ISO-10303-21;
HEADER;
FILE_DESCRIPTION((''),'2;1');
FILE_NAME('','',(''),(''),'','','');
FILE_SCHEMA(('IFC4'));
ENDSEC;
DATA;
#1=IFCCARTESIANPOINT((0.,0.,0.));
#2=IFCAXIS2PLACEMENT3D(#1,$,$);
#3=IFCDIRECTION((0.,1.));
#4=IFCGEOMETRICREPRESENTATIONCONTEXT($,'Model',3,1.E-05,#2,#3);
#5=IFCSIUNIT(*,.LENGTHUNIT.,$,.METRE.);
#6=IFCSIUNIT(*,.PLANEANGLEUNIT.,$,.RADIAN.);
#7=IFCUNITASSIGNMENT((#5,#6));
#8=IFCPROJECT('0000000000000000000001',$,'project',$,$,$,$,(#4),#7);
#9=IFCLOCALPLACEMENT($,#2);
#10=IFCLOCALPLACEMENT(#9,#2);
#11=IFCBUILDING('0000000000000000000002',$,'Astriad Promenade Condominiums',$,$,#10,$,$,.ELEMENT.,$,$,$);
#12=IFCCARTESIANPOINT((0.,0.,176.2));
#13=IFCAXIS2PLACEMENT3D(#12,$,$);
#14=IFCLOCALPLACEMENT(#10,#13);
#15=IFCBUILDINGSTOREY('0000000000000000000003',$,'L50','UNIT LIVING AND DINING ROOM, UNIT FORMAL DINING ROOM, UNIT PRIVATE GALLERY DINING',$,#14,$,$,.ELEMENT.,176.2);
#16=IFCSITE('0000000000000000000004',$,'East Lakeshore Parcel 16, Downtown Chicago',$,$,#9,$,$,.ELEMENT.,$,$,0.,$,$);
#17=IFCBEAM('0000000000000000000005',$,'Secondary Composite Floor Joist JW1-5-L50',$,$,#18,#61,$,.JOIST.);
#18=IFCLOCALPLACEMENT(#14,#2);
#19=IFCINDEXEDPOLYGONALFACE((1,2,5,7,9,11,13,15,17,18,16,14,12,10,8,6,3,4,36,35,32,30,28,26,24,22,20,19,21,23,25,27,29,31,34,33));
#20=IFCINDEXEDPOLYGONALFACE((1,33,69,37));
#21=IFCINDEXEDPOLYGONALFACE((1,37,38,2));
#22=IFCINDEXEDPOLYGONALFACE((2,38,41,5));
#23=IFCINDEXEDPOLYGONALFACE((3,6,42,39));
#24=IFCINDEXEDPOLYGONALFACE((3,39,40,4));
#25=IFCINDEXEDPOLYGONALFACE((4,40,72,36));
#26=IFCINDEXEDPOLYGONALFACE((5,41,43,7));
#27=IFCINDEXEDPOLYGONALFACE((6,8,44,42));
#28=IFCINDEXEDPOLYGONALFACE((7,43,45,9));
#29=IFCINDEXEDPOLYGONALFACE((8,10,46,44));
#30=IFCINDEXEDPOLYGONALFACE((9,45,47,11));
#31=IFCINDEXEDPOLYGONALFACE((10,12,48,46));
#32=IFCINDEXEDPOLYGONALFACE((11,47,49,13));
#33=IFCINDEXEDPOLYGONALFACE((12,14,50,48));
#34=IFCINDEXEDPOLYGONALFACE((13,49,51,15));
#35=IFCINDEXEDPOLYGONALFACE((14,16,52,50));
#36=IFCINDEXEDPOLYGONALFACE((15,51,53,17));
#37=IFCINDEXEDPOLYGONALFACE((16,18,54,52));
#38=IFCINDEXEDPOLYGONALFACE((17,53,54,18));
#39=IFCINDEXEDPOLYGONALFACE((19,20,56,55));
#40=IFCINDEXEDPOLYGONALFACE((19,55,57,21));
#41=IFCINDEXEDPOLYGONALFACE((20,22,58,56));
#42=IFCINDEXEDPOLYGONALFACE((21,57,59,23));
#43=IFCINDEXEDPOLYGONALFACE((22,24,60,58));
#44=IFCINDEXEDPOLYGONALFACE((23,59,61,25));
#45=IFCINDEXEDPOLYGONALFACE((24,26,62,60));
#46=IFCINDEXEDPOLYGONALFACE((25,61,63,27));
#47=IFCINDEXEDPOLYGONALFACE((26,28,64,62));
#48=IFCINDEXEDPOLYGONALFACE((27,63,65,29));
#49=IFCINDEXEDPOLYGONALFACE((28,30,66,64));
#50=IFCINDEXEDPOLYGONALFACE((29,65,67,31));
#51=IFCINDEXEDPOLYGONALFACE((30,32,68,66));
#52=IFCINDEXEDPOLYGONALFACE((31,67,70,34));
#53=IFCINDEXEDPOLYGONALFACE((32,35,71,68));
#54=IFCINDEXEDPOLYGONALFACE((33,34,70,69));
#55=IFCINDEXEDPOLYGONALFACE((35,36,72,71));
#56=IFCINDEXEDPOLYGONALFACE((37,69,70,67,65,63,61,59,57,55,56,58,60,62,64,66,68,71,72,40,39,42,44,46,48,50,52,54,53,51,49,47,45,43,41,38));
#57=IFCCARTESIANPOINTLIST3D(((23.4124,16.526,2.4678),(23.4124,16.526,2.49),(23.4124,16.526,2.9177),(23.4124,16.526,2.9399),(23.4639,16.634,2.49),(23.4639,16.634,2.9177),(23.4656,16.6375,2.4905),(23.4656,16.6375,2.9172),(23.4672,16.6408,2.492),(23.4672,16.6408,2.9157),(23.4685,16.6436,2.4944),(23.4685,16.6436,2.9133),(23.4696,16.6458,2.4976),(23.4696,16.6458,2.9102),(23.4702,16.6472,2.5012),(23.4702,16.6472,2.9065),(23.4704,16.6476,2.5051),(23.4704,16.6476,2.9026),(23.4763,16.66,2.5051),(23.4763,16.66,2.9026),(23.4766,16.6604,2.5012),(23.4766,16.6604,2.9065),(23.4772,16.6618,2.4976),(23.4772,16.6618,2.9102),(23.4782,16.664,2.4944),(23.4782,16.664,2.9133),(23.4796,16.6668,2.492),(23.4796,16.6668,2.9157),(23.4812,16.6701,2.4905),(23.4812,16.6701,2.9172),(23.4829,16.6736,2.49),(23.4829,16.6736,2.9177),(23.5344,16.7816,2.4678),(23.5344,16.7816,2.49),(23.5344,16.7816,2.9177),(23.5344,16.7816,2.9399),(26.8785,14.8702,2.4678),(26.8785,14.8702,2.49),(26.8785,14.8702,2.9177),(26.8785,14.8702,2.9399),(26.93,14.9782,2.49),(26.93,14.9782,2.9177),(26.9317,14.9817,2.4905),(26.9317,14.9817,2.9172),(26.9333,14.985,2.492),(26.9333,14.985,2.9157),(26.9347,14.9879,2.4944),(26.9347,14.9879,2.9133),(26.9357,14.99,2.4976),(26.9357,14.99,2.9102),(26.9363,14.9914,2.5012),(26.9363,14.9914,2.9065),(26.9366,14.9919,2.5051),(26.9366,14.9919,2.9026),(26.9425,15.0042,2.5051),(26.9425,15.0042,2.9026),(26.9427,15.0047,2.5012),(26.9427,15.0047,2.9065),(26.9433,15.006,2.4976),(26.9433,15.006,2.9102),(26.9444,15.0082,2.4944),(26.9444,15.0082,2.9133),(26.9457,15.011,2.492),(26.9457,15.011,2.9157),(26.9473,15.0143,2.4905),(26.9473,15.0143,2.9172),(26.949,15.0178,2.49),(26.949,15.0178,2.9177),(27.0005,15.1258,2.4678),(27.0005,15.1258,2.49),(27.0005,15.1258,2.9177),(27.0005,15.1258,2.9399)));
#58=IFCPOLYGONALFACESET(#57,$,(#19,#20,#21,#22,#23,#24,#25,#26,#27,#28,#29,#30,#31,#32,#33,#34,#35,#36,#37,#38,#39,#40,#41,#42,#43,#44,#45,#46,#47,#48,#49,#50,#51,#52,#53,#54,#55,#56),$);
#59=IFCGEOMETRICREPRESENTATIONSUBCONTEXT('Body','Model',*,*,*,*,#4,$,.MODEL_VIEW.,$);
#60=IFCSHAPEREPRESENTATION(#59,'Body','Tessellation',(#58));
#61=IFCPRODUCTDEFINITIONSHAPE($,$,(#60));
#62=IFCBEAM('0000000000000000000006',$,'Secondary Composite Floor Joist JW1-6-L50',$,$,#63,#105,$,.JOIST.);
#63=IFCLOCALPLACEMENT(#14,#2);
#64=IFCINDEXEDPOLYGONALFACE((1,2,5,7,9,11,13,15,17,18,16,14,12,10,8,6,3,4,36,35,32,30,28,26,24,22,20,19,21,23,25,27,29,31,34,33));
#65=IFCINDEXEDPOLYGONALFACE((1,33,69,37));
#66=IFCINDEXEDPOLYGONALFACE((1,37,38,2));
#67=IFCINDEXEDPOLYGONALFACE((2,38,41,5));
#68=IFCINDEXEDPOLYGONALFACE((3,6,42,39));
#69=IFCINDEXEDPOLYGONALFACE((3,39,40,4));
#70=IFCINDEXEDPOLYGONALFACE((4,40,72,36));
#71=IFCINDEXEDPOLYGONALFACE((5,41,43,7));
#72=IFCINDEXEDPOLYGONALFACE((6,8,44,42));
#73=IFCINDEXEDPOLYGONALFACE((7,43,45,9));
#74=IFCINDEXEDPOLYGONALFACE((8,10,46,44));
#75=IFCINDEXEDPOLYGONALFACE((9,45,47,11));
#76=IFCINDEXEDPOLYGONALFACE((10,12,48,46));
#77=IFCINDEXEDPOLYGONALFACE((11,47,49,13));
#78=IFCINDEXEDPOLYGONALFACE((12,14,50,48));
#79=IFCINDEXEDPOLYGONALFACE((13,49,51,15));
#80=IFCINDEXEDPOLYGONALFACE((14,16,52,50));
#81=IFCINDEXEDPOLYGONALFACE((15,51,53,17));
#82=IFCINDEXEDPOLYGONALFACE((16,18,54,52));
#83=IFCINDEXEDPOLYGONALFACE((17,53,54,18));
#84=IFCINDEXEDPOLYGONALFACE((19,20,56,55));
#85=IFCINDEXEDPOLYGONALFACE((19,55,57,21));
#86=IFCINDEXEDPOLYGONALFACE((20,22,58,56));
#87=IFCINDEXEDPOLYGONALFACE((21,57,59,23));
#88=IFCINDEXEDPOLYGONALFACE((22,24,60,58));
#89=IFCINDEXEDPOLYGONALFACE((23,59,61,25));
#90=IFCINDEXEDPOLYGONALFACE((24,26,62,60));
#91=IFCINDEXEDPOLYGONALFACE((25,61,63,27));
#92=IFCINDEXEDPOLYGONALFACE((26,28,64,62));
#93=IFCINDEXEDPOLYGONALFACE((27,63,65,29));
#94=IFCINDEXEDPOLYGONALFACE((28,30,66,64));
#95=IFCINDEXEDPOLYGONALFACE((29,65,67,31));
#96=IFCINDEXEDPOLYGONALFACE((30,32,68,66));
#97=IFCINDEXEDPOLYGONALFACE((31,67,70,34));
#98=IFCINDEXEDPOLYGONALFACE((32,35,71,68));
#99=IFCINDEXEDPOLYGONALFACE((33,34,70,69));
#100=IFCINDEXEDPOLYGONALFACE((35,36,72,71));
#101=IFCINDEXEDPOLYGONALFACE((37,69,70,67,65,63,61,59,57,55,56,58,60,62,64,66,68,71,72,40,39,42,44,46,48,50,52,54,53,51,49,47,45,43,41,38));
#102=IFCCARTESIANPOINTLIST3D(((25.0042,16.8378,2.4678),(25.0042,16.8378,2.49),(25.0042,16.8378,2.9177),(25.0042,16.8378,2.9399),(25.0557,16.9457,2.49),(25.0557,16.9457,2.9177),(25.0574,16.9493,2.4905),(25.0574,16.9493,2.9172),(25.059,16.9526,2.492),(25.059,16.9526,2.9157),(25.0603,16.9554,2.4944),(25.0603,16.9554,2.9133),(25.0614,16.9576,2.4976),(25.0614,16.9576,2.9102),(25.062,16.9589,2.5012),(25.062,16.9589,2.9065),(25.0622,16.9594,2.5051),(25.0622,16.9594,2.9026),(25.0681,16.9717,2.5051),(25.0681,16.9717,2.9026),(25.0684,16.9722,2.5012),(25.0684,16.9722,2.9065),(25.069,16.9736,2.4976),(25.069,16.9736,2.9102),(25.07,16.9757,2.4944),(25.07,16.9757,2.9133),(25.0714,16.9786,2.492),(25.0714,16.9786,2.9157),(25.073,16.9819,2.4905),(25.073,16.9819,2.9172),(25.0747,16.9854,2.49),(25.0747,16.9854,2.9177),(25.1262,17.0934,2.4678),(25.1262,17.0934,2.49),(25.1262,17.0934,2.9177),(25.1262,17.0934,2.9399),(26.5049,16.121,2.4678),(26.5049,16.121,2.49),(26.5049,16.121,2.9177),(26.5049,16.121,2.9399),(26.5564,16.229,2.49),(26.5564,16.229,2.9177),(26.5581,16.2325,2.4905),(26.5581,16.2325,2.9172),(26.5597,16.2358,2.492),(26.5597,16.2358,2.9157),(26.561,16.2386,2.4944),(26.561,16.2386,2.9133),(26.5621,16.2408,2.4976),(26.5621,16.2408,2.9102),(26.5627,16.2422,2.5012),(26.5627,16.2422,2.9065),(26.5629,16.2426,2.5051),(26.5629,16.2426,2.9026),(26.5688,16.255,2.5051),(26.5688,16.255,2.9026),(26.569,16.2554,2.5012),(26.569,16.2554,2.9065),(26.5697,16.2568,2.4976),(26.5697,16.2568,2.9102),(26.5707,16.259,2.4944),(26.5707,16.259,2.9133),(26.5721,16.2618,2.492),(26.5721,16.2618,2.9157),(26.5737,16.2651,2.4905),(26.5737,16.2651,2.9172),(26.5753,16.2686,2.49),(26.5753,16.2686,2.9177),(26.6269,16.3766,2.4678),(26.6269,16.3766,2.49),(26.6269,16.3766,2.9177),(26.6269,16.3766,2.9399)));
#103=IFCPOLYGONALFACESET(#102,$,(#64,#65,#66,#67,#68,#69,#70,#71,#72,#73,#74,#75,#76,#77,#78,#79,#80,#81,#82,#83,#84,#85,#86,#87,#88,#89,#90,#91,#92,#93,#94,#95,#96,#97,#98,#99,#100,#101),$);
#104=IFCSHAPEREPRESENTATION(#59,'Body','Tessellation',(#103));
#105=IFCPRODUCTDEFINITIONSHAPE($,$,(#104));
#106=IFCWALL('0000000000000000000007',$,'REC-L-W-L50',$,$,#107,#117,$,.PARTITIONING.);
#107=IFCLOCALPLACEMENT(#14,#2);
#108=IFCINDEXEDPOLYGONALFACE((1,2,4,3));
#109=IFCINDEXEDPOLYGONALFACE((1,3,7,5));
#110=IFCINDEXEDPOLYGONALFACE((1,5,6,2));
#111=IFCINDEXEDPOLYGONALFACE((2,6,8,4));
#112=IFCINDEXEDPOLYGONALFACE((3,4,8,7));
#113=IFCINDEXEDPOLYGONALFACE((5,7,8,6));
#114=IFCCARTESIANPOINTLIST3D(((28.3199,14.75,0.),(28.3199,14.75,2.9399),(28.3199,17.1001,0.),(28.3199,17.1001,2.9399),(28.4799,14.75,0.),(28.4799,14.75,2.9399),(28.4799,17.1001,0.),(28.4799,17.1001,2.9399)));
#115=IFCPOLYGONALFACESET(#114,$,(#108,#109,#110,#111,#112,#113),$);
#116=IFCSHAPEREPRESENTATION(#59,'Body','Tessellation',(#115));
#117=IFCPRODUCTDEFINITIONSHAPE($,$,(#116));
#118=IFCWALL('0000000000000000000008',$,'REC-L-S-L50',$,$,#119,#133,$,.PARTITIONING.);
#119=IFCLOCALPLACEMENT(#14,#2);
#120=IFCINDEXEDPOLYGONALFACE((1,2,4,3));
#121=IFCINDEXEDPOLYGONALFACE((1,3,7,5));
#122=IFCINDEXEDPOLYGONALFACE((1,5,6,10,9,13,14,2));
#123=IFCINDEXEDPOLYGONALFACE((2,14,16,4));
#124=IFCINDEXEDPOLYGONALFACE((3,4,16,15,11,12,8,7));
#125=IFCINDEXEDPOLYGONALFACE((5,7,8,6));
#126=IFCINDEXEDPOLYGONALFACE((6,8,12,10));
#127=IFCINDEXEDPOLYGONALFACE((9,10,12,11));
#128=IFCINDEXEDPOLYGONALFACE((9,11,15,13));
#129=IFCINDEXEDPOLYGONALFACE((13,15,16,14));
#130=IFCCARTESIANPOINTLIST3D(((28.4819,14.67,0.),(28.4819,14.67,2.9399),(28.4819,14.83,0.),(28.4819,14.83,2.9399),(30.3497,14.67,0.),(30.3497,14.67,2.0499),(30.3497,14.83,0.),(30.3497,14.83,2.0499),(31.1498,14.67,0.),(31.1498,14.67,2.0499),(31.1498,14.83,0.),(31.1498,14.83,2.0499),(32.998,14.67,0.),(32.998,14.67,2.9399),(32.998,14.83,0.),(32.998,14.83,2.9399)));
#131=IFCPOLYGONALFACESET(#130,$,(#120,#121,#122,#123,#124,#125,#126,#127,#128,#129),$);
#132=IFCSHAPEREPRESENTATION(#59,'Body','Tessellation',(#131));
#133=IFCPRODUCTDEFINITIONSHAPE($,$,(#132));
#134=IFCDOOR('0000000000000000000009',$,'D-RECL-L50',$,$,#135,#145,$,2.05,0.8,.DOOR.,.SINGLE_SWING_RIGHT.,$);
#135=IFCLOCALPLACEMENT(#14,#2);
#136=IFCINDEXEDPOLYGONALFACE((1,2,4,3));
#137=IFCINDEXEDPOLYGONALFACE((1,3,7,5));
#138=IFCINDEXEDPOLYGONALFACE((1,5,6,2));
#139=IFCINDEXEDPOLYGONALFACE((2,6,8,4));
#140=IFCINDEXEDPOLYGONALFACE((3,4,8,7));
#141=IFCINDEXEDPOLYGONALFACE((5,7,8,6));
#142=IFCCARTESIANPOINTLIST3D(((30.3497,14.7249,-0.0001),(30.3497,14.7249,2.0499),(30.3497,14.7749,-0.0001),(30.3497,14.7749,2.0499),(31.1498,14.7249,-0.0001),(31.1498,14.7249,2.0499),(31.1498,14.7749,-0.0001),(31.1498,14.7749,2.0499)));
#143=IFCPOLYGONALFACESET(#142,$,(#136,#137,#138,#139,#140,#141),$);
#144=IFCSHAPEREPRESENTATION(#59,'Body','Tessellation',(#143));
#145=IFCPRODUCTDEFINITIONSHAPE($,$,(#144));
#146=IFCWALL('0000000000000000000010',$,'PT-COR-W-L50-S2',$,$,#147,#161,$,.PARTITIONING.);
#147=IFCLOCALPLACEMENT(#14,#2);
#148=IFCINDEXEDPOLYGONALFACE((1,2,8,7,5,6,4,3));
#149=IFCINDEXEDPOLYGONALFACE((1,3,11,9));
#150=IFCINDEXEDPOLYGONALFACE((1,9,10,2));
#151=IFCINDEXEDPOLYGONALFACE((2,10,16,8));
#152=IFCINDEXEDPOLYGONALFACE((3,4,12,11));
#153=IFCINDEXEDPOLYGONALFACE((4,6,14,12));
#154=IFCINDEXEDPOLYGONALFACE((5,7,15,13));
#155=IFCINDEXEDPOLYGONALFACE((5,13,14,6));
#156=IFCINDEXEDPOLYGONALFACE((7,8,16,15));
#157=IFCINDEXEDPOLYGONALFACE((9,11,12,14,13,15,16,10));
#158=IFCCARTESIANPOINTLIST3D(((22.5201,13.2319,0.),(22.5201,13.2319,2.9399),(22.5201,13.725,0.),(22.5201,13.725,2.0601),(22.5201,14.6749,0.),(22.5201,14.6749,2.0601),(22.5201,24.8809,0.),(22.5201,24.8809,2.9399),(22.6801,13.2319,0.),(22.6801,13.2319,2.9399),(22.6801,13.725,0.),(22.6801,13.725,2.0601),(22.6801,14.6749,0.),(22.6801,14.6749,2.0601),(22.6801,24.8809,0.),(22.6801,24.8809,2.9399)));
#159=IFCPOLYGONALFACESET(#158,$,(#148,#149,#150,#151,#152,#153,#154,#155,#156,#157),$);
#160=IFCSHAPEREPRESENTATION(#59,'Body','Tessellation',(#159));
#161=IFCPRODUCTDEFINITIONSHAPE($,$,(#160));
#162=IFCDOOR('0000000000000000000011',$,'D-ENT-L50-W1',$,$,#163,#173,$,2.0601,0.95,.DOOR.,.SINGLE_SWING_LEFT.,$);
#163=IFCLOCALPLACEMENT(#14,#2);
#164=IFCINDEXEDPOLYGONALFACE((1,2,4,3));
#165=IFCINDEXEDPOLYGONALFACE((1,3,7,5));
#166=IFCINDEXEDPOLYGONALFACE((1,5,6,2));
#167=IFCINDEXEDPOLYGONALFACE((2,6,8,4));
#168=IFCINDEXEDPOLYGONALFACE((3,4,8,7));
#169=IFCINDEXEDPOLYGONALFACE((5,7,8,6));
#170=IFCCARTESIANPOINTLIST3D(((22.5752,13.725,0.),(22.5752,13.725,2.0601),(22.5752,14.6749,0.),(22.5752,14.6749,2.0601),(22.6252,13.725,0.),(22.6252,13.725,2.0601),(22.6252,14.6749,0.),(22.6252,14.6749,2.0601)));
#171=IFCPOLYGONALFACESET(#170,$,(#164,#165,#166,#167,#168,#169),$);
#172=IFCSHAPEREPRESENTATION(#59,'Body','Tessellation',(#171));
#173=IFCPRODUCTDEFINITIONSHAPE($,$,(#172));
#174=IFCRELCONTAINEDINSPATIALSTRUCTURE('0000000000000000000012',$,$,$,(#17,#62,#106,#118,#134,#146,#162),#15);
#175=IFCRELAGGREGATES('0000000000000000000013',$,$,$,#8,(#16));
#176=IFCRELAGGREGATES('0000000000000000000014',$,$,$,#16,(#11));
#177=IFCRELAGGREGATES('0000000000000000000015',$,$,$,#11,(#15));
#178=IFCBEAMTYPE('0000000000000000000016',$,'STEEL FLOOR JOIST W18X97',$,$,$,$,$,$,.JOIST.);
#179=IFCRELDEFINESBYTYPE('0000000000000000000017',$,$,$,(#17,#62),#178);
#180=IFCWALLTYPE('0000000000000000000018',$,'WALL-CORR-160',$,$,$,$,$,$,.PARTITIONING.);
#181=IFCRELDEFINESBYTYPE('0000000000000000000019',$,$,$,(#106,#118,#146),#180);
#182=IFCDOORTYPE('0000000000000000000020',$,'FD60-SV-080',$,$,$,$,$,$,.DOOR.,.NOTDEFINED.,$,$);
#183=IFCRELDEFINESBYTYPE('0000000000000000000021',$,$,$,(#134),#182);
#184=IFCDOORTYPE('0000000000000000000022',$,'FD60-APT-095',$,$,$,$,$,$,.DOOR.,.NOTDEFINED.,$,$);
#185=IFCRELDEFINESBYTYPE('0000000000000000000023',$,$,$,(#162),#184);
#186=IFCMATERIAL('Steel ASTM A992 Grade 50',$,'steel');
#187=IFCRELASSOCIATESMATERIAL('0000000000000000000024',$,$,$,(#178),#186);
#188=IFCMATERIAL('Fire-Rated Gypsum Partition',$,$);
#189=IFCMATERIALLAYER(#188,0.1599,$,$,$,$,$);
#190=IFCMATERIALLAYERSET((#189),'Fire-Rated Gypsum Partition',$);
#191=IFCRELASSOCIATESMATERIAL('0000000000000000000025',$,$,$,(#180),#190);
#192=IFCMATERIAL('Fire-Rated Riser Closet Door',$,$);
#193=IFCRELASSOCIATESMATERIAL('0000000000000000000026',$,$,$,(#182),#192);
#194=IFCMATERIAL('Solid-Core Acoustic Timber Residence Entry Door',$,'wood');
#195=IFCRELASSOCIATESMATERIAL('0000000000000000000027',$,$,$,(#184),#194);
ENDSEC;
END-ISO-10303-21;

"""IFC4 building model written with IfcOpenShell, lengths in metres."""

from ifc_helpers import new_model, si_unit, direction, frame, frame_2d, origin, origin_2d, place, context, subcontext, project, spatial, rectangle, i_section, extrude, source, transform, mapped, material, layer, layer_set, material_profile, profile_set, type_object, type_shapes, element, fill, save


model = new_model("IFC4")

# Units and contexts
model_context = context("Model", 3, precision=1e-05, world=origin(), true_north=direction((0.0, 1.0)))
body_context = subcontext(model_context, "Body", "Model", "MODEL_VIEW")
ifc_project = project(units=[si_unit("LENGTHUNIT", "METRE"), si_unit("PLANEANGLEUNIT", "RADIAN")], contexts=[model_context])

# Site, building, storey
site_placement = place(None, origin())
site = spatial("IfcSite", under=ifc_project, at=site_placement, Name="East Lakeshore Parcel 16, Downtown Chicago", CompositionType="ELEMENT", RefElevation=0.0)
building_placement = place(site_placement, origin())
building = spatial("IfcBuilding", under=site, at=building_placement, Name="Astriad Promenade Condominiums", CompositionType="ELEMENT")
storey_placement = place(building_placement, frame((0.0, 0.0, 176.2)))
storey = spatial("IfcBuildingStorey", under=building, at=storey_placement, Name="L50", Description="UNIT LIVING AND DINING ROOM, UNIT FORMAL DINING ROOM, UNIT PRIVATE GALLERY DINING", CompositionType="ELEMENT", Elevation=176.2)

# Shared definitions
ifc_material_1 = material(Name="Steel ASTM A992 Grade 50", Category="steel")

# Beams
ifc_material_profile_1 = material_profile(ifc_material_1, i_section(OverallWidth=0.2832, OverallDepth=0.4722, WebThickness=0.0137, FlangeThickness=0.0222, FilletRadius=0.0151, at=origin_2d()), Name="W18X97")
ifc_profile_set_1 = profile_set([ifc_material_profile_1], Name="Steel ASTM A992 Grade 50")
beam_type_1 = type_object("IfcBeamType", Name="STEEL FLOOR JOIST W18X97", PredefinedType="JOIST", material=ifc_profile_set_1)
shared_shape_1 = source(origin(), body_context, "Body", "SweptSolid", [
    extrude(i_section(OverallWidth=0.2832, OverallDepth=0.4722, WebThickness=0.0137, FlangeThickness=0.0222, FilletRadius=0.0151, at=origin_2d()), origin(), (0.0, 0.0, 1.0), 3.8413),
])
beam_1_placement = place(storey_placement, frame((23.4734, 16.6538, 2.7039), z_axis=(0.902329, -0.431048, 0.0), x_axis=(0.431048, 0.902329, 0.0)))
element("IfcBeam", 1, at=beam_1_placement, inside=storey, type_object=beam_type_1, Name="Secondary Composite Floor Joist JW1-5-L50", PredefinedType="JOIST", context=body_context, shape_type="MappedRepresentation", body=[
    mapped(shared_shape_1, transform((0.0, 0.0, 0.0), scale=1.0)),
])
shared_shape_2 = source(origin(), body_context, "Body", "SweptSolid", [
    extrude(i_section(OverallWidth=0.2832, OverallDepth=0.4722, WebThickness=0.0137, FlangeThickness=0.0222, FilletRadius=0.0151, at=origin_2d()), origin(), (0.0, 0.0, 1.0), 1.6631),
])
type_shapes(beam_type_1, [shared_shape_1, shared_shape_2])
beam_2_placement = place(storey_placement, frame((25.0652, 16.9656, 2.7039), z_axis=(0.902355, -0.430993, 0.0), x_axis=(0.430993, 0.902355, 0.0)))
element("IfcBeam", 2, at=beam_2_placement, inside=storey, type_object=beam_type_1, Name="Secondary Composite Floor Joist JW1-6-L50", PredefinedType="JOIST", context=body_context, shape_type="MappedRepresentation", body=[
    mapped(shared_shape_2, transform((0.0, 0.0, 0.0), scale=1.0)),
])

# Wall
ifc_material_2 = material(Name="Fire-Rated Gypsum Partition")
ifc_layer_1 = layer(ifc_material_2, 0.1599)
ifc_layer_set_1 = layer_set([ifc_layer_1], Name="Fire-Rated Gypsum Partition")
wall_type_1 = type_object("IfcWallType", Name="WALL-CORR-160", PredefinedType="PARTITIONING", material=ifc_layer_set_1)
wall_1_placement = place(storey_placement, frame((28.3999, 14.75, 0.0), z_axis=(0.0, 0.0, 1.0), x_axis=(0.0, 1.0, 0.0)))
element("IfcWall", 3, at=wall_1_placement, inside=storey, type_object=wall_type_1, Name="REC-L-W-L50", PredefinedType="PARTITIONING", context=body_context, shape_type="SweptSolid", body=[
    extrude(rectangle(XDim=2.3501, YDim=0.1599, at=frame_2d((1.175, 0.0))), origin(), (0.0, 0.0, 1.0), 2.9399),
])

# Walls, openings, doors
wall_2_placement = place(storey_placement, frame((28.4819, 14.75, 0.0), z_axis=(0.0, 0.0, 1.0), x_axis=(1.0, 0.0, 0.0)))
wall_2 = element("IfcWall", 4, at=wall_2_placement, inside=storey, type_object=wall_type_1, Name="REC-L-S-L50", PredefinedType="PARTITIONING", context=body_context, shape_type="SweptSolid", body=[
    extrude(rectangle(XDim=4.5161, YDim=0.1599, at=frame_2d((2.2581, 0.0))), origin(), (0.0, 0.0, 1.0), 2.9399),
])
opening_1_placement = place(wall_2_placement, frame((1.8679, 0.0, 0.0)))
opening_1 = element("IfcOpeningElement", 5, at=opening_1_placement, cuts=wall_2, PredefinedType="OPENING", context=body_context, shape_type="SweptSolid", body=[
    extrude(rectangle(XDim=0.8, YDim=2.05, at=frame_2d((0.3999, 1.0249))), frame((0.0, 0.0898, 0.0), z_axis=(0.0, -1.0, 0.0), x_axis=(1.0, 0.0, 0.0)), (0.0, 0.0, 1.0), 0.1799),
])
ifc_material_3 = material(Name="Fire-Rated Riser Closet Door")
door_type_1 = type_object("IfcDoorType", Name="FD60-SV-080", OperationType="NOTDEFINED", PredefinedType="DOOR", material=ifc_material_3)
shared_shape_3 = source(origin(), body_context, "Body", "SweptSolid", [
    extrude(rectangle(XDim=0.8, YDim=2.05, at=frame_2d((0.3999, 1.0249))), frame((0.0, 0.0249, 0.0), z_axis=(0.0, -1.0, 0.0), x_axis=(1.0, 0.0, 0.0)), (0.0, 0.0, 1.0), 0.05),
])
type_shapes(door_type_1, [shared_shape_3])
door_1_placement = place(opening_1_placement, origin())
door_1 = element("IfcDoor", 6, at=door_1_placement, inside=storey, type_object=door_type_1, Name="D-RECL-L50", OperationType="SINGLE_SWING_RIGHT", OverallHeight=2.05, OverallWidth=0.8, PredefinedType="DOOR", context=body_context, shape_type="MappedRepresentation", body=[
    mapped(shared_shape_3, transform((0.0, 0.0, 0.0), scale=1.0)),
])
fill(opening_1, door_1)
wall_3_placement = place(storey_placement, frame((22.6001, 13.2319, 0.0), z_axis=(0.0, 0.0, 1.0), x_axis=(0.0, 1.0, 0.0)))
wall_3 = element("IfcWall", 7, at=wall_3_placement, inside=storey, type_object=wall_type_1, Name="PT-COR-W-L50-S2", PredefinedType="PARTITIONING", context=body_context, shape_type="SweptSolid", body=[
    extrude(rectangle(XDim=11.6489, YDim=0.1599, at=frame_2d((5.8245, 0.0))), origin(), (0.0, 0.0, 1.0), 2.9399),
])
opening_2_placement = place(wall_3_placement, frame((0.4929, 0.0, 0.0)))
opening_2 = element("IfcOpeningElement", 8, at=opening_2_placement, cuts=wall_3, PredefinedType="OPENING", context=body_context, shape_type="SweptSolid", body=[
    extrude(rectangle(XDim=0.95, YDim=2.0601, at=frame_2d((0.4751, 1.03))), frame((0.0, 0.0898, 0.0), z_axis=(0.0, -1.0, 0.0), x_axis=(1.0, 0.0, 0.0)), (0.0, 0.0, 1.0), 0.1799),
])
ifc_material_4 = material(Name="Solid-Core Acoustic Timber Residence Entry Door", Category="wood")
door_type_2 = type_object("IfcDoorType", Name="FD60-APT-095", OperationType="NOTDEFINED", PredefinedType="DOOR", material=ifc_material_4)
shared_shape_4 = source(origin(), body_context, "Body", "SweptSolid", [
    extrude(rectangle(XDim=0.95, YDim=2.0601, at=frame_2d((0.4751, 1.03))), frame((0.0, 0.0249, 0.0), z_axis=(0.0, -1.0, 0.0), x_axis=(1.0, 0.0, 0.0)), (0.0, 0.0, 1.0), 0.05),
])
type_shapes(door_type_2, [shared_shape_4])
door_2_placement = place(opening_2_placement, origin())
door_2 = element("IfcDoor", 9, at=door_2_placement, inside=storey, type_object=door_type_2, Name="D-ENT-L50-W1", OperationType="SINGLE_SWING_LEFT", OverallHeight=2.0601, OverallWidth=0.95, PredefinedType="DOOR", context=body_context, shape_type="MappedRepresentation", body=[
    mapped(shared_shape_4, transform((0.0, 0.0, 0.0), scale=1.0)),
])
fill(opening_2, door_2)

save(model, "model.ifc")
